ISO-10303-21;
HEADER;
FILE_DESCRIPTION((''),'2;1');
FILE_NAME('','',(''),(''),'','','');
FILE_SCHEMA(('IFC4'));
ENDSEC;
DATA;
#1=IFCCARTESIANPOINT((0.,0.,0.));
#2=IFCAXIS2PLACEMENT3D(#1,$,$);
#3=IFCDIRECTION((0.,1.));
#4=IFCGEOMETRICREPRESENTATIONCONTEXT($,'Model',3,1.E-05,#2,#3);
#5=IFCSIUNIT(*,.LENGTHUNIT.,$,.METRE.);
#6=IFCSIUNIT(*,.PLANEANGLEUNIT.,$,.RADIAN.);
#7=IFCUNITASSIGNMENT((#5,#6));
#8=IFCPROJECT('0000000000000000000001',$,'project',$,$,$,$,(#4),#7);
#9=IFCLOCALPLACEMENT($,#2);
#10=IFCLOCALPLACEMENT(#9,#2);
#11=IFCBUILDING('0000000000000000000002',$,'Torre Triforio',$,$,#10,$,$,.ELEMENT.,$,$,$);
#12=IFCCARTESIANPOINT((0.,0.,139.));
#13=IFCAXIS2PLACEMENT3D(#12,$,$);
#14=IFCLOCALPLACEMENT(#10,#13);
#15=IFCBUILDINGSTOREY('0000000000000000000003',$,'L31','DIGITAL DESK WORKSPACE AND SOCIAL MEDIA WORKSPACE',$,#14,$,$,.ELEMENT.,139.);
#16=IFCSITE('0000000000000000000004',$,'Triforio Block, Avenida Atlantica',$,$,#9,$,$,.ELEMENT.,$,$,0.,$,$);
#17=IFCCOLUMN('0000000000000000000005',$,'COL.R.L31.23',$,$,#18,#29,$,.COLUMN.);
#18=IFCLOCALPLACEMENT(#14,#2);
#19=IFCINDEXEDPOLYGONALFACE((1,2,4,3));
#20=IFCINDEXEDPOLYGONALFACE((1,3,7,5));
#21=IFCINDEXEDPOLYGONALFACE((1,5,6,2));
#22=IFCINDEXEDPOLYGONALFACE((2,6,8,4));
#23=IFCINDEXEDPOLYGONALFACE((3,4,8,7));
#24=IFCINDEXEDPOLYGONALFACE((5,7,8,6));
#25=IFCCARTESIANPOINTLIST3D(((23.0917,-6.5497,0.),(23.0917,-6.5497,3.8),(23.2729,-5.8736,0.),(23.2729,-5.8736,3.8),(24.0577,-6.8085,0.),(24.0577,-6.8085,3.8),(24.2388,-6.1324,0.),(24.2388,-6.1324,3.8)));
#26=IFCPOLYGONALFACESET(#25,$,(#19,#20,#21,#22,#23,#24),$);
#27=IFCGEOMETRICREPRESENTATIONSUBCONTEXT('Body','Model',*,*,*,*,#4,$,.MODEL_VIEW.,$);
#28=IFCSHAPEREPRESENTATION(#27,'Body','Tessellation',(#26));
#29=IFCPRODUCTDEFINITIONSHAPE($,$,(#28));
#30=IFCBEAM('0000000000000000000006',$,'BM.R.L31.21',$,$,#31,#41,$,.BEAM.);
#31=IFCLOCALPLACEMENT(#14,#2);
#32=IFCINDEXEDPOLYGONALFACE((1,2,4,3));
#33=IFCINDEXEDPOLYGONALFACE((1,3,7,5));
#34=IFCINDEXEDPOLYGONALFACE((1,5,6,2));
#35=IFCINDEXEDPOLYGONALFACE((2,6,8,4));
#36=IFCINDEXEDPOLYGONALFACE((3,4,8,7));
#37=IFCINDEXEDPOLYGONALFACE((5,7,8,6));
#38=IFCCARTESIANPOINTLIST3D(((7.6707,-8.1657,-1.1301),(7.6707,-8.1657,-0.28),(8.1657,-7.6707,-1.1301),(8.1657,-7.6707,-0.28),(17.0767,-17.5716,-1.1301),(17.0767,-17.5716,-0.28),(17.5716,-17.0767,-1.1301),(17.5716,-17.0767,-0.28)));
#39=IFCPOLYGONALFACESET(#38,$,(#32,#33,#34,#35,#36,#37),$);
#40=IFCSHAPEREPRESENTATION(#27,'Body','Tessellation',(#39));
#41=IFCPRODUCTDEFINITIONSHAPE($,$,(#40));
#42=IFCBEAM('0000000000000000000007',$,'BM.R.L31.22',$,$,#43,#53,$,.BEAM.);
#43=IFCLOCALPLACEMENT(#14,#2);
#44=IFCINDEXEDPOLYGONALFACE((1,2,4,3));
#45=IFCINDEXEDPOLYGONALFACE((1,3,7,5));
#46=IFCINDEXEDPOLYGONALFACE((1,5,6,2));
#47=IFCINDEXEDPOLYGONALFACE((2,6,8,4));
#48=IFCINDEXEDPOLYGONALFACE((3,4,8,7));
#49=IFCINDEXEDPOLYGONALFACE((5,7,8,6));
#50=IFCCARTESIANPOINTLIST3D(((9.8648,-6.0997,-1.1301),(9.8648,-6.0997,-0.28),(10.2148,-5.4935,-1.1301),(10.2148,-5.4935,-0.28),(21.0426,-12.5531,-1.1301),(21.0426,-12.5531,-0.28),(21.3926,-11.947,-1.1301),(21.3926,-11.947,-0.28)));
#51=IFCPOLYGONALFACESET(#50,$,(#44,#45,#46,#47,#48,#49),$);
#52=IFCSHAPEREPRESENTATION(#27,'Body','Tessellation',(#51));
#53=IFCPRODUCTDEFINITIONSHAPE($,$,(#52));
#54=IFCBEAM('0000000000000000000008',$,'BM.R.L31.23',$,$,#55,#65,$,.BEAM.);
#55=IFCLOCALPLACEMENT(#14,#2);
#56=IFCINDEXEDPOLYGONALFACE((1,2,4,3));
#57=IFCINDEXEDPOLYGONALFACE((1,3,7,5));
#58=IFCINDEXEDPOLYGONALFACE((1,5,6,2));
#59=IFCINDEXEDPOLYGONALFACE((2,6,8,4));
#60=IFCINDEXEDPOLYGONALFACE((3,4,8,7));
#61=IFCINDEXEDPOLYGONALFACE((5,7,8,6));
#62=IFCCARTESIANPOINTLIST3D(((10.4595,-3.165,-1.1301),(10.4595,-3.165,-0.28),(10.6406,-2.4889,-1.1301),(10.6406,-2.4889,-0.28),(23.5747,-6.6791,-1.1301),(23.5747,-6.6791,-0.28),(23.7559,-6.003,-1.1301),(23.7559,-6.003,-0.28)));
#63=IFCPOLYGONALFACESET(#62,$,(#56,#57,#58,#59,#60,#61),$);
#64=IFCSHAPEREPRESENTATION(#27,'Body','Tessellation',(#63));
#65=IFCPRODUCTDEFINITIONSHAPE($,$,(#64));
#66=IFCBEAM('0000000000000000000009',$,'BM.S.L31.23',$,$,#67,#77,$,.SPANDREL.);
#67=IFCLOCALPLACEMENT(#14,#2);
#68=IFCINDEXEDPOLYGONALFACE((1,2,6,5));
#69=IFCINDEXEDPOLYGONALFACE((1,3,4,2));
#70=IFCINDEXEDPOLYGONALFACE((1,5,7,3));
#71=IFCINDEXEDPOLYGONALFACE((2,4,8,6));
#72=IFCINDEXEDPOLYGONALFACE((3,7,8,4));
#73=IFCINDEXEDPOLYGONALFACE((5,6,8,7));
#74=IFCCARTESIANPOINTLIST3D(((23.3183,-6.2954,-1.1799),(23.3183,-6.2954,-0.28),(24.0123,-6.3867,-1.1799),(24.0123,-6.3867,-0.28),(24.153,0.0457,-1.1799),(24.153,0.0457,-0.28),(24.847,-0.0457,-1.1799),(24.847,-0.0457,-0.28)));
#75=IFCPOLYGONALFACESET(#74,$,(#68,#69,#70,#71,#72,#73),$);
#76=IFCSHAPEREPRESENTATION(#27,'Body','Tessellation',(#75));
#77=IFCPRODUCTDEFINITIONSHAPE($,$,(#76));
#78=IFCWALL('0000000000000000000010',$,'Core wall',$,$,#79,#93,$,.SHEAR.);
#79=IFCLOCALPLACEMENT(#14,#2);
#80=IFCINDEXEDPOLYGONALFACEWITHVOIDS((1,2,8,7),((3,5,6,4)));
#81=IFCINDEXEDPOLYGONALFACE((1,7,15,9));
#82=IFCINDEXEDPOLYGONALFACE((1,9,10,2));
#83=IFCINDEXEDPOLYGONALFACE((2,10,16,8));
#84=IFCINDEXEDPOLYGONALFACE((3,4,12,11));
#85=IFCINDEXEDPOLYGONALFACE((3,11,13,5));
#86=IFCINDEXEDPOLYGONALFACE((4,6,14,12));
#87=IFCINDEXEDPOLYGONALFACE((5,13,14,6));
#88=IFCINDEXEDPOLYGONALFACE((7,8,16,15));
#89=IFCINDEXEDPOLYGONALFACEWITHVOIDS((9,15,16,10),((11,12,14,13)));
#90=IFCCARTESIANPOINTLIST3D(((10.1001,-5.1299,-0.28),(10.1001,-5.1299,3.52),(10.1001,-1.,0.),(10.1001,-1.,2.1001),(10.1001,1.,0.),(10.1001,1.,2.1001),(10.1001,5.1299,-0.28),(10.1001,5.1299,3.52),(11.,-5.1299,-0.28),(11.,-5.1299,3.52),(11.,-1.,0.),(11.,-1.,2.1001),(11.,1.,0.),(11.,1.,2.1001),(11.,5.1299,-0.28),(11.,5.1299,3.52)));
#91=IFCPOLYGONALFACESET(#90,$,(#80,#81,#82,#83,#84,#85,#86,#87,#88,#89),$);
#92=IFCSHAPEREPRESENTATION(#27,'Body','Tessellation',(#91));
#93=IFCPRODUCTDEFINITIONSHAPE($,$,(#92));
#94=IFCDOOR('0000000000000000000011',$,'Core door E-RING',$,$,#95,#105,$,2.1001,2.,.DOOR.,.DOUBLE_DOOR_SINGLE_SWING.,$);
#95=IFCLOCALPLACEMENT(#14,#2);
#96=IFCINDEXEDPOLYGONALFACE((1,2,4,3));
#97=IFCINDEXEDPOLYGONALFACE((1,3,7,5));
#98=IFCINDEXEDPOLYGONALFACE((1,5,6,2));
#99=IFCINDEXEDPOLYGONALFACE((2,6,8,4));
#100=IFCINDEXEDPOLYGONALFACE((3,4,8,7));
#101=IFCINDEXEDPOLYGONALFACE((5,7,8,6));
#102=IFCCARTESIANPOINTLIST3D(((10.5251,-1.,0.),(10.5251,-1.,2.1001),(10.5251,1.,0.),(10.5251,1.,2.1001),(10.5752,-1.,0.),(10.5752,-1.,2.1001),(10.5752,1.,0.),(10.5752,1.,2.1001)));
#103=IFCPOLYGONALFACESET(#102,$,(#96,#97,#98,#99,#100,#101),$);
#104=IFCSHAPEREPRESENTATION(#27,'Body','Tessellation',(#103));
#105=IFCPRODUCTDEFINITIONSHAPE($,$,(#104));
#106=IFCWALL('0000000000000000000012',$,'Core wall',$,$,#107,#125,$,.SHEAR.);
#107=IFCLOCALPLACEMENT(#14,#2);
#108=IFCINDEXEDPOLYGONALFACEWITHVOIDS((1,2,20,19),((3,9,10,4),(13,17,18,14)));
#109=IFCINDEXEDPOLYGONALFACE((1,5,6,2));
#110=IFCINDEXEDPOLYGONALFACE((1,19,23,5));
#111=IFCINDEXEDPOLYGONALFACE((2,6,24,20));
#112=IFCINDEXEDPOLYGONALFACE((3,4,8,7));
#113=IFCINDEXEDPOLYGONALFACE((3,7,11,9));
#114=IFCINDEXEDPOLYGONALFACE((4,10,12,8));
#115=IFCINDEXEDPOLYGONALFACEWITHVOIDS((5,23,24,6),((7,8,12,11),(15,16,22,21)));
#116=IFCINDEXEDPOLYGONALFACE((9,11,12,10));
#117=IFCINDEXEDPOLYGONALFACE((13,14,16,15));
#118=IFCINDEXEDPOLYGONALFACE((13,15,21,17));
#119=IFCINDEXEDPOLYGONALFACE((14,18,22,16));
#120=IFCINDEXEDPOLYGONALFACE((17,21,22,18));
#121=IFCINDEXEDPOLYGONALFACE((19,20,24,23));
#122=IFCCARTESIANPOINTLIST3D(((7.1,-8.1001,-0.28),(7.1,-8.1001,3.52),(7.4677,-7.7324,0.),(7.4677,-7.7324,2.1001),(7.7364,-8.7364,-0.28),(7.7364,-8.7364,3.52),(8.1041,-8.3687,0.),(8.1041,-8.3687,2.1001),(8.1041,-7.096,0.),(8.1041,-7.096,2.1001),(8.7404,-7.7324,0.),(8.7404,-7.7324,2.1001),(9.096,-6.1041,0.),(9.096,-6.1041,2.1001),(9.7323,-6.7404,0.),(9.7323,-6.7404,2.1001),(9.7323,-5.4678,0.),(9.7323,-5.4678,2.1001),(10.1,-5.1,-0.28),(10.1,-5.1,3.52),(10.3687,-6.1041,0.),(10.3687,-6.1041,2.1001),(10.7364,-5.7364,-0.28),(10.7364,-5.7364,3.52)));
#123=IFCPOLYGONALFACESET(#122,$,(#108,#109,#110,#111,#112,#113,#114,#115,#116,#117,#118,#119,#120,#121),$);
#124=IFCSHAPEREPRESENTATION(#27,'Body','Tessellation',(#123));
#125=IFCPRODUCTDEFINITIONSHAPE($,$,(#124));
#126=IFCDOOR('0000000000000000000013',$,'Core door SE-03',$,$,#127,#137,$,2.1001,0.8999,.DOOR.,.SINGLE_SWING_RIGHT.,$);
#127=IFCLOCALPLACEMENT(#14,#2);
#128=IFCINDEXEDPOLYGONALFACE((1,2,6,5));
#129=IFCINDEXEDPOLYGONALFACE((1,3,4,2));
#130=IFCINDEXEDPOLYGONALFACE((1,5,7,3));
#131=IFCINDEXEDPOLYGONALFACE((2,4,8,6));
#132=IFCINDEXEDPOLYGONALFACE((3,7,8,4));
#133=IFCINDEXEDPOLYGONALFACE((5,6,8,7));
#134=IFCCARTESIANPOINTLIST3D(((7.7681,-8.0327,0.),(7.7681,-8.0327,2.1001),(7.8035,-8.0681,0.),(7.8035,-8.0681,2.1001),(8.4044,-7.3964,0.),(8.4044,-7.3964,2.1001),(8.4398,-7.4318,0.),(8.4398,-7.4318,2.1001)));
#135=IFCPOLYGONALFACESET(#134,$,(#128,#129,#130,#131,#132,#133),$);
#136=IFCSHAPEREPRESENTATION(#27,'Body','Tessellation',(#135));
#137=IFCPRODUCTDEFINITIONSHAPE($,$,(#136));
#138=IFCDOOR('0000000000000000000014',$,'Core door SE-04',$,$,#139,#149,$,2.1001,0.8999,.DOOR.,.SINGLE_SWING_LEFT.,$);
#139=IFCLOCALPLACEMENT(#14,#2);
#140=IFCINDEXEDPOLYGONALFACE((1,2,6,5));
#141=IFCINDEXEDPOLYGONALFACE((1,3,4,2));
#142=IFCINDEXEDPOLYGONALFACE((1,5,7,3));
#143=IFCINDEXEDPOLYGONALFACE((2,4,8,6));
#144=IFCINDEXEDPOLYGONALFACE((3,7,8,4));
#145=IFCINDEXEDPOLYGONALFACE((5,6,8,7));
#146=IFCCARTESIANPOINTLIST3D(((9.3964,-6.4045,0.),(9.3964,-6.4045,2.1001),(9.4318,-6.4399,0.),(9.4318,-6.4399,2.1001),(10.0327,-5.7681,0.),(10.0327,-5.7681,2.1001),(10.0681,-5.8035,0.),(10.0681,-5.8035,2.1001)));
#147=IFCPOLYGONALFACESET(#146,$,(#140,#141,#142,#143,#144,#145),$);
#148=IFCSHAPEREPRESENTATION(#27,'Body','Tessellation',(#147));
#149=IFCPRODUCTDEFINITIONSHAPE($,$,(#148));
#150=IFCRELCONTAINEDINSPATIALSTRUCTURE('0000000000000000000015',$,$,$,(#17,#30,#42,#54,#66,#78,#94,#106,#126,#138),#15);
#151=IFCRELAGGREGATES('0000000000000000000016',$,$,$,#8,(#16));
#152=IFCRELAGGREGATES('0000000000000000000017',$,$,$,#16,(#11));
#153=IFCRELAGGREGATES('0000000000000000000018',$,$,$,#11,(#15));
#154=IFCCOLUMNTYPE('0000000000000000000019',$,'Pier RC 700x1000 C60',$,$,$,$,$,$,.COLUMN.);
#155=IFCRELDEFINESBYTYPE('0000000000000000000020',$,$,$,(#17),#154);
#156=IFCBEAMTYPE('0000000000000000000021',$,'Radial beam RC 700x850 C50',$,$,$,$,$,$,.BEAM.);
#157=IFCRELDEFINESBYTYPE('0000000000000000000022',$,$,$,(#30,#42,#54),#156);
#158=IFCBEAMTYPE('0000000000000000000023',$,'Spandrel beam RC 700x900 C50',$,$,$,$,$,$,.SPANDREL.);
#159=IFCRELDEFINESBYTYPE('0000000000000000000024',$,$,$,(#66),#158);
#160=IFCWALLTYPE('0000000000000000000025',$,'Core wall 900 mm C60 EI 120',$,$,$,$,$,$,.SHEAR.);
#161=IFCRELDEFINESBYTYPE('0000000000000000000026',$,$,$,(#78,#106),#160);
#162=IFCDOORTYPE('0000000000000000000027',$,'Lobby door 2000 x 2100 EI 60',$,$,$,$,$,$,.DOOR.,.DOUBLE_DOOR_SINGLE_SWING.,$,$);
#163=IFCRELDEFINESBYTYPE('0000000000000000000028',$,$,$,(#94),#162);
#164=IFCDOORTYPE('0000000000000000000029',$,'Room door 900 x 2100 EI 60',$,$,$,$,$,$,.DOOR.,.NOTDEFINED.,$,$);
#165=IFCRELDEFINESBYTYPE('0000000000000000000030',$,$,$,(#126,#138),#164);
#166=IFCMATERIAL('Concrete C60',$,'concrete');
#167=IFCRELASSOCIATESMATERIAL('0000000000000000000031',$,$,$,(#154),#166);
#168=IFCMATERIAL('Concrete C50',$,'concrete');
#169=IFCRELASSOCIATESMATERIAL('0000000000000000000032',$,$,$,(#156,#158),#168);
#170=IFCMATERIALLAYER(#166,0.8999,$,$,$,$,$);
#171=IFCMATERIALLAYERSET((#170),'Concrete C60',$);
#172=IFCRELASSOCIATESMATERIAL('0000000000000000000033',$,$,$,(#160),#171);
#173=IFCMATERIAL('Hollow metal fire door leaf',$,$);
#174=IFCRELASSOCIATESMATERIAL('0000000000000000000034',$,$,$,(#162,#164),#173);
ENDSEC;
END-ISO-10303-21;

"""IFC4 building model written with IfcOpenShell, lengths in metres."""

from ifc_helpers import new_model, si_unit, direction, frame, frame_2d, origin, origin_2d, place, context, subcontext, project, spatial, rectangle, extrude, material, layer, layer_set, material_profile, profile_set, type_object, element, fill, save


model = new_model("IFC4")

# Units and contexts
model_context = context("Model", 3, precision=1e-05, world=origin(), true_north=direction((0.0, 1.0)))
body_context = subcontext(model_context, "Body", "Model", "MODEL_VIEW")
ifc_project = project(units=[si_unit("LENGTHUNIT", "METRE"), si_unit("PLANEANGLEUNIT", "RADIAN")], contexts=[model_context])

# Site, building, storey
site_placement = place(None, origin())
site = spatial("IfcSite", under=ifc_project, at=site_placement, Name="Triforio Block, Avenida Atlantica", CompositionType="ELEMENT", RefElevation=0.0)
building_placement = place(site_placement, origin())
building = spatial("IfcBuilding", under=site, at=building_placement, Name="Torre Triforio", CompositionType="ELEMENT")
storey_placement = place(building_placement, frame((0.0, 0.0, 139.0)))
storey = spatial("IfcBuildingStorey", under=building, at=storey_placement, Name="L31", Description="DIGITAL DESK WORKSPACE AND SOCIAL MEDIA WORKSPACE", CompositionType="ELEMENT", Elevation=139.0)

# Column
ifc_material_1 = material(Name="Concrete C60", Category="concrete")
ifc_material_profile_1 = material_profile(ifc_material_1, rectangle(XDim=0.7, YDim=1.0, at=origin_2d()), Name="RC 700x1000")
ifc_profile_set_1 = profile_set([ifc_material_profile_1], Name="Concrete C60")
column_type = type_object("IfcColumnType", Name="Pier RC 700x1000 C60", PredefinedType="COLUMN", material=ifc_profile_set_1)
column_placement = place(storey_placement, frame((23.6653, -6.3411, 0.0), z_axis=(0.0, 0.0, 1.0), x_axis=(0.258819, 0.965926, 0.0)))
element("IfcColumn", 1, at=column_placement, inside=storey, type_object=column_type, Name="COL.R.L31.23", PredefinedType="COLUMN", context=body_context, shape_type="SweptSolid", body=[
    extrude(rectangle(XDim=0.7, YDim=1.0, at=origin_2d()), origin(), (0.0, 0.0, 1.0), 3.8),
])

# Beams
ifc_material_2 = material(Name="Concrete C50", Category="concrete")
ifc_material_profile_2 = material_profile(ifc_material_2, rectangle(XDim=0.7, YDim=0.8501, at=origin_2d()), Name="RC 700x850")
ifc_profile_set_2 = profile_set([ifc_material_profile_2], Name="Concrete C50")
beam_type_1 = type_object("IfcBeamType", Name="Radial beam RC 700x850 C50", PredefinedType="BEAM", material=ifc_profile_set_2)
beam_1_placement = place(storey_placement, frame((7.9182, -7.9182, -0.7051), z_axis=(0.707107, -0.707107, 0.0), x_axis=(0.707107, 0.707107, 0.0)))
element("IfcBeam", 2, at=beam_1_placement, inside=storey, type_object=beam_type_1, Name="BM.R.L31.21", PredefinedType="BEAM", context=body_context, shape_type="SweptSolid", body=[
    extrude(rectangle(XDim=0.7, YDim=0.8501, at=origin_2d()), origin(), (0.0, 0.0, 1.0), 13.302),
])
beam_2_placement = place(storey_placement, frame((10.0398, -5.7966, -0.7051), z_axis=(0.866029, -0.499994, 0.0), x_axis=(0.499994, 0.866029, 0.0)))
element("IfcBeam", 3, at=beam_2_placement, inside=storey, type_object=beam_type_1, Name="BM.R.L31.22", PredefinedType="BEAM", context=body_context, shape_type="SweptSolid", body=[
    extrude(rectangle(XDim=0.7, YDim=0.8501, at=origin_2d()), origin(), (0.0, 0.0, 1.0), 12.907),
])
beam_3_placement = place(storey_placement, frame((10.55, -2.8269, -0.7051), z_axis=(0.965927, -0.258815, 0.0), x_axis=(0.258815, 0.965927, 0.0)))
element("IfcBeam", 4, at=beam_3_placement, inside=storey, type_object=beam_type_1, Name="BM.R.L31.23", PredefinedType="BEAM", context=body_context, shape_type="SweptSolid", body=[
    extrude(rectangle(XDim=0.7, YDim=0.8501, at=origin_2d()), origin(), (0.0, 0.0, 1.0), 13.5779),
])
ifc_material_profile_3 = material_profile(ifc_material_2, rectangle(XDim=0.7, YDim=0.8999, at=origin_2d()), Name="RC 700x900")
ifc_profile_set_3 = profile_set([ifc_material_profile_3], Name="Concrete C50")
beam_type_2 = type_object("IfcBeamType", Name="Spandrel beam RC 700x900 C50", PredefinedType="SPANDREL", material=ifc_profile_set_3)
beam_4_placement = place(storey_placement, frame((23.6653, -6.3411, -0.73), z_axis=(0.130511, 0.991447, 0.0), x_axis=(-0.991447, 0.130511, 0.0)))
element("IfcBeam", 5, at=beam_4_placement, inside=storey, type_object=beam_type_2, Name="BM.S.L31.23", PredefinedType="SPANDREL", context=body_context, shape_type="SweptSolid", body=[
    extrude(rectangle(XDim=0.7, YDim=0.8999, at=origin_2d()), origin(), (0.0, 0.0, 1.0), 6.3958),
])

# Wall, opening, door
ifc_layer_1 = layer(ifc_material_1, 0.8999)
ifc_layer_set_1 = layer_set([ifc_layer_1], Name="Concrete C60")
wall_type_1 = type_object("IfcWallType", Name="Core wall 900 mm C60 EI 120", PredefinedType="SHEAR", material=ifc_layer_set_1)
wall_1_placement = place(storey_placement, frame((10.55, -5.1299, -0.28), z_axis=(0.0, 0.0, 1.0), x_axis=(0.0, 1.0, 0.0)))
wall_1 = element("IfcWall", 6, at=wall_1_placement, inside=storey, type_object=wall_type_1, Name="Core wall", PredefinedType="SHEAR", context=body_context, shape_type="SweptSolid", body=[
    extrude(rectangle(XDim=10.2598, YDim=0.8999, at=frame_2d((5.1299, 0.0))), origin(), (0.0, 0.0, 1.0), 3.8),
])
opening_1_placement = place(wall_1_placement, frame((4.1299, 0.0, 0.28)))
opening_1 = element("IfcOpeningElement", 7, at=opening_1_placement, cuts=wall_1, PredefinedType="OPENING", context=body_context, shape_type="SweptSolid", body=[
    extrude(rectangle(XDim=2.0, YDim=2.1001, at=frame_2d((1.0, 1.05))), frame((0.0, 0.46, 0.0), z_axis=(0.0, -1.0, 0.0), x_axis=(1.0, 0.0, 0.0)), (0.0, 0.0, 1.0), 0.9199),
])
ifc_material_3 = material(Name="Hollow metal fire door leaf")
door_type_1 = type_object("IfcDoorType", Name="Lobby door 2000 x 2100 EI 60", OperationType="DOUBLE_DOOR_SINGLE_SWING", PredefinedType="DOOR", material=ifc_material_3)
door_1_placement = place(opening_1_placement, origin())
door_1 = element("IfcDoor", 8, at=door_1_placement, inside=storey, type_object=door_type_1, Name="Core door E-RING", OperationType="DOUBLE_DOOR_SINGLE_SWING", OverallHeight=2.1001, OverallWidth=2.0, PredefinedType="DOOR", context=body_context, shape_type="SweptSolid", body=[
    extrude(rectangle(XDim=2.0, YDim=2.1001, at=frame_2d((1.0, 1.05))), frame((0.0, 0.0249, 0.0), z_axis=(0.0, -1.0, 0.0), x_axis=(1.0, 0.0, 0.0)), (0.0, 0.0, 1.0), 0.05),
])
fill(opening_1, door_1)

# Wall, openings, doors
wall_2_placement = place(storey_placement, frame((10.4182, -5.4182, -0.28), z_axis=(0.0, 0.0, 1.0), x_axis=(-0.707107, -0.707107, 0.0)))
wall_2 = element("IfcWall", 9, at=wall_2_placement, inside=storey, type_object=wall_type_1, Name="Core wall", PredefinedType="SHEAR", context=body_context, shape_type="SweptSolid", body=[
    extrude(rectangle(XDim=4.2427, YDim=0.8999, at=frame_2d((2.1213, 0.0))), origin(), (0.0, 0.0, 1.0), 3.8),
])
opening_2_placement = place(wall_2_placement, frame((2.8228, 0.0, 0.28)))
opening_2 = element("IfcOpeningElement", 10, at=opening_2_placement, cuts=wall_2, PredefinedType="OPENING", context=body_context, shape_type="SweptSolid", body=[
    extrude(rectangle(XDim=0.8999, YDim=2.1001, at=frame_2d((0.45, 1.05))), frame((0.0, 0.46, 0.0), z_axis=(0.0, -1.0, 0.0), x_axis=(1.0, 0.0, 0.0)), (0.0, 0.0, 1.0), 0.9199),
])
opening_3_placement = place(wall_2_placement, frame((0.52, 0.0, 0.28)))
opening_3 = element("IfcOpeningElement", 11, at=opening_3_placement, cuts=wall_2, PredefinedType="OPENING", context=body_context, shape_type="SweptSolid", body=[
    extrude(rectangle(XDim=0.8999, YDim=2.1001, at=frame_2d((0.45, 1.05))), frame((0.0, 0.46, 0.0), z_axis=(0.0, -1.0, 0.0), x_axis=(1.0, 0.0, 0.0)), (0.0, 0.0, 1.0), 0.9199),
])
door_type_2 = type_object("IfcDoorType", Name="Room door 900 x 2100 EI 60", OperationType="NOTDEFINED", PredefinedType="DOOR", material=ifc_material_3)
door_2_placement = place(opening_2_placement, origin())
door_2 = element("IfcDoor", 12, at=door_2_placement, inside=storey, type_object=door_type_2, Name="Core door SE-03", OperationType="SINGLE_SWING_RIGHT", OverallHeight=2.1001, OverallWidth=0.8999, PredefinedType="DOOR", context=body_context, shape_type="SweptSolid", body=[
    extrude(rectangle(XDim=0.8999, YDim=2.1001, at=frame_2d((0.45, 1.05))), frame((0.0, 0.0249, 0.0), z_axis=(0.0, -1.0, 0.0), x_axis=(1.0, 0.0, 0.0)), (0.0, 0.0, 1.0), 0.05),
])
fill(opening_2, door_2)
door_3_placement = place(opening_3_placement, origin())
door_3 = element("IfcDoor", 13, at=door_3_placement, inside=storey, type_object=door_type_2, Name="Core door SE-04", OperationType="SINGLE_SWING_LEFT", OverallHeight=2.1001, OverallWidth=0.8999, PredefinedType="DOOR", context=body_context, shape_type="SweptSolid", body=[
    extrude(rectangle(XDim=0.8999, YDim=2.1001, at=frame_2d((0.45, 1.05))), frame((0.0, 0.0249, 0.0), z_axis=(0.0, -1.0, 0.0), x_axis=(1.0, 0.0, 0.0)), (0.0, 0.0, 1.0), 0.05),
])
fill(opening_3, door_3)

save(model, "model.ifc")
